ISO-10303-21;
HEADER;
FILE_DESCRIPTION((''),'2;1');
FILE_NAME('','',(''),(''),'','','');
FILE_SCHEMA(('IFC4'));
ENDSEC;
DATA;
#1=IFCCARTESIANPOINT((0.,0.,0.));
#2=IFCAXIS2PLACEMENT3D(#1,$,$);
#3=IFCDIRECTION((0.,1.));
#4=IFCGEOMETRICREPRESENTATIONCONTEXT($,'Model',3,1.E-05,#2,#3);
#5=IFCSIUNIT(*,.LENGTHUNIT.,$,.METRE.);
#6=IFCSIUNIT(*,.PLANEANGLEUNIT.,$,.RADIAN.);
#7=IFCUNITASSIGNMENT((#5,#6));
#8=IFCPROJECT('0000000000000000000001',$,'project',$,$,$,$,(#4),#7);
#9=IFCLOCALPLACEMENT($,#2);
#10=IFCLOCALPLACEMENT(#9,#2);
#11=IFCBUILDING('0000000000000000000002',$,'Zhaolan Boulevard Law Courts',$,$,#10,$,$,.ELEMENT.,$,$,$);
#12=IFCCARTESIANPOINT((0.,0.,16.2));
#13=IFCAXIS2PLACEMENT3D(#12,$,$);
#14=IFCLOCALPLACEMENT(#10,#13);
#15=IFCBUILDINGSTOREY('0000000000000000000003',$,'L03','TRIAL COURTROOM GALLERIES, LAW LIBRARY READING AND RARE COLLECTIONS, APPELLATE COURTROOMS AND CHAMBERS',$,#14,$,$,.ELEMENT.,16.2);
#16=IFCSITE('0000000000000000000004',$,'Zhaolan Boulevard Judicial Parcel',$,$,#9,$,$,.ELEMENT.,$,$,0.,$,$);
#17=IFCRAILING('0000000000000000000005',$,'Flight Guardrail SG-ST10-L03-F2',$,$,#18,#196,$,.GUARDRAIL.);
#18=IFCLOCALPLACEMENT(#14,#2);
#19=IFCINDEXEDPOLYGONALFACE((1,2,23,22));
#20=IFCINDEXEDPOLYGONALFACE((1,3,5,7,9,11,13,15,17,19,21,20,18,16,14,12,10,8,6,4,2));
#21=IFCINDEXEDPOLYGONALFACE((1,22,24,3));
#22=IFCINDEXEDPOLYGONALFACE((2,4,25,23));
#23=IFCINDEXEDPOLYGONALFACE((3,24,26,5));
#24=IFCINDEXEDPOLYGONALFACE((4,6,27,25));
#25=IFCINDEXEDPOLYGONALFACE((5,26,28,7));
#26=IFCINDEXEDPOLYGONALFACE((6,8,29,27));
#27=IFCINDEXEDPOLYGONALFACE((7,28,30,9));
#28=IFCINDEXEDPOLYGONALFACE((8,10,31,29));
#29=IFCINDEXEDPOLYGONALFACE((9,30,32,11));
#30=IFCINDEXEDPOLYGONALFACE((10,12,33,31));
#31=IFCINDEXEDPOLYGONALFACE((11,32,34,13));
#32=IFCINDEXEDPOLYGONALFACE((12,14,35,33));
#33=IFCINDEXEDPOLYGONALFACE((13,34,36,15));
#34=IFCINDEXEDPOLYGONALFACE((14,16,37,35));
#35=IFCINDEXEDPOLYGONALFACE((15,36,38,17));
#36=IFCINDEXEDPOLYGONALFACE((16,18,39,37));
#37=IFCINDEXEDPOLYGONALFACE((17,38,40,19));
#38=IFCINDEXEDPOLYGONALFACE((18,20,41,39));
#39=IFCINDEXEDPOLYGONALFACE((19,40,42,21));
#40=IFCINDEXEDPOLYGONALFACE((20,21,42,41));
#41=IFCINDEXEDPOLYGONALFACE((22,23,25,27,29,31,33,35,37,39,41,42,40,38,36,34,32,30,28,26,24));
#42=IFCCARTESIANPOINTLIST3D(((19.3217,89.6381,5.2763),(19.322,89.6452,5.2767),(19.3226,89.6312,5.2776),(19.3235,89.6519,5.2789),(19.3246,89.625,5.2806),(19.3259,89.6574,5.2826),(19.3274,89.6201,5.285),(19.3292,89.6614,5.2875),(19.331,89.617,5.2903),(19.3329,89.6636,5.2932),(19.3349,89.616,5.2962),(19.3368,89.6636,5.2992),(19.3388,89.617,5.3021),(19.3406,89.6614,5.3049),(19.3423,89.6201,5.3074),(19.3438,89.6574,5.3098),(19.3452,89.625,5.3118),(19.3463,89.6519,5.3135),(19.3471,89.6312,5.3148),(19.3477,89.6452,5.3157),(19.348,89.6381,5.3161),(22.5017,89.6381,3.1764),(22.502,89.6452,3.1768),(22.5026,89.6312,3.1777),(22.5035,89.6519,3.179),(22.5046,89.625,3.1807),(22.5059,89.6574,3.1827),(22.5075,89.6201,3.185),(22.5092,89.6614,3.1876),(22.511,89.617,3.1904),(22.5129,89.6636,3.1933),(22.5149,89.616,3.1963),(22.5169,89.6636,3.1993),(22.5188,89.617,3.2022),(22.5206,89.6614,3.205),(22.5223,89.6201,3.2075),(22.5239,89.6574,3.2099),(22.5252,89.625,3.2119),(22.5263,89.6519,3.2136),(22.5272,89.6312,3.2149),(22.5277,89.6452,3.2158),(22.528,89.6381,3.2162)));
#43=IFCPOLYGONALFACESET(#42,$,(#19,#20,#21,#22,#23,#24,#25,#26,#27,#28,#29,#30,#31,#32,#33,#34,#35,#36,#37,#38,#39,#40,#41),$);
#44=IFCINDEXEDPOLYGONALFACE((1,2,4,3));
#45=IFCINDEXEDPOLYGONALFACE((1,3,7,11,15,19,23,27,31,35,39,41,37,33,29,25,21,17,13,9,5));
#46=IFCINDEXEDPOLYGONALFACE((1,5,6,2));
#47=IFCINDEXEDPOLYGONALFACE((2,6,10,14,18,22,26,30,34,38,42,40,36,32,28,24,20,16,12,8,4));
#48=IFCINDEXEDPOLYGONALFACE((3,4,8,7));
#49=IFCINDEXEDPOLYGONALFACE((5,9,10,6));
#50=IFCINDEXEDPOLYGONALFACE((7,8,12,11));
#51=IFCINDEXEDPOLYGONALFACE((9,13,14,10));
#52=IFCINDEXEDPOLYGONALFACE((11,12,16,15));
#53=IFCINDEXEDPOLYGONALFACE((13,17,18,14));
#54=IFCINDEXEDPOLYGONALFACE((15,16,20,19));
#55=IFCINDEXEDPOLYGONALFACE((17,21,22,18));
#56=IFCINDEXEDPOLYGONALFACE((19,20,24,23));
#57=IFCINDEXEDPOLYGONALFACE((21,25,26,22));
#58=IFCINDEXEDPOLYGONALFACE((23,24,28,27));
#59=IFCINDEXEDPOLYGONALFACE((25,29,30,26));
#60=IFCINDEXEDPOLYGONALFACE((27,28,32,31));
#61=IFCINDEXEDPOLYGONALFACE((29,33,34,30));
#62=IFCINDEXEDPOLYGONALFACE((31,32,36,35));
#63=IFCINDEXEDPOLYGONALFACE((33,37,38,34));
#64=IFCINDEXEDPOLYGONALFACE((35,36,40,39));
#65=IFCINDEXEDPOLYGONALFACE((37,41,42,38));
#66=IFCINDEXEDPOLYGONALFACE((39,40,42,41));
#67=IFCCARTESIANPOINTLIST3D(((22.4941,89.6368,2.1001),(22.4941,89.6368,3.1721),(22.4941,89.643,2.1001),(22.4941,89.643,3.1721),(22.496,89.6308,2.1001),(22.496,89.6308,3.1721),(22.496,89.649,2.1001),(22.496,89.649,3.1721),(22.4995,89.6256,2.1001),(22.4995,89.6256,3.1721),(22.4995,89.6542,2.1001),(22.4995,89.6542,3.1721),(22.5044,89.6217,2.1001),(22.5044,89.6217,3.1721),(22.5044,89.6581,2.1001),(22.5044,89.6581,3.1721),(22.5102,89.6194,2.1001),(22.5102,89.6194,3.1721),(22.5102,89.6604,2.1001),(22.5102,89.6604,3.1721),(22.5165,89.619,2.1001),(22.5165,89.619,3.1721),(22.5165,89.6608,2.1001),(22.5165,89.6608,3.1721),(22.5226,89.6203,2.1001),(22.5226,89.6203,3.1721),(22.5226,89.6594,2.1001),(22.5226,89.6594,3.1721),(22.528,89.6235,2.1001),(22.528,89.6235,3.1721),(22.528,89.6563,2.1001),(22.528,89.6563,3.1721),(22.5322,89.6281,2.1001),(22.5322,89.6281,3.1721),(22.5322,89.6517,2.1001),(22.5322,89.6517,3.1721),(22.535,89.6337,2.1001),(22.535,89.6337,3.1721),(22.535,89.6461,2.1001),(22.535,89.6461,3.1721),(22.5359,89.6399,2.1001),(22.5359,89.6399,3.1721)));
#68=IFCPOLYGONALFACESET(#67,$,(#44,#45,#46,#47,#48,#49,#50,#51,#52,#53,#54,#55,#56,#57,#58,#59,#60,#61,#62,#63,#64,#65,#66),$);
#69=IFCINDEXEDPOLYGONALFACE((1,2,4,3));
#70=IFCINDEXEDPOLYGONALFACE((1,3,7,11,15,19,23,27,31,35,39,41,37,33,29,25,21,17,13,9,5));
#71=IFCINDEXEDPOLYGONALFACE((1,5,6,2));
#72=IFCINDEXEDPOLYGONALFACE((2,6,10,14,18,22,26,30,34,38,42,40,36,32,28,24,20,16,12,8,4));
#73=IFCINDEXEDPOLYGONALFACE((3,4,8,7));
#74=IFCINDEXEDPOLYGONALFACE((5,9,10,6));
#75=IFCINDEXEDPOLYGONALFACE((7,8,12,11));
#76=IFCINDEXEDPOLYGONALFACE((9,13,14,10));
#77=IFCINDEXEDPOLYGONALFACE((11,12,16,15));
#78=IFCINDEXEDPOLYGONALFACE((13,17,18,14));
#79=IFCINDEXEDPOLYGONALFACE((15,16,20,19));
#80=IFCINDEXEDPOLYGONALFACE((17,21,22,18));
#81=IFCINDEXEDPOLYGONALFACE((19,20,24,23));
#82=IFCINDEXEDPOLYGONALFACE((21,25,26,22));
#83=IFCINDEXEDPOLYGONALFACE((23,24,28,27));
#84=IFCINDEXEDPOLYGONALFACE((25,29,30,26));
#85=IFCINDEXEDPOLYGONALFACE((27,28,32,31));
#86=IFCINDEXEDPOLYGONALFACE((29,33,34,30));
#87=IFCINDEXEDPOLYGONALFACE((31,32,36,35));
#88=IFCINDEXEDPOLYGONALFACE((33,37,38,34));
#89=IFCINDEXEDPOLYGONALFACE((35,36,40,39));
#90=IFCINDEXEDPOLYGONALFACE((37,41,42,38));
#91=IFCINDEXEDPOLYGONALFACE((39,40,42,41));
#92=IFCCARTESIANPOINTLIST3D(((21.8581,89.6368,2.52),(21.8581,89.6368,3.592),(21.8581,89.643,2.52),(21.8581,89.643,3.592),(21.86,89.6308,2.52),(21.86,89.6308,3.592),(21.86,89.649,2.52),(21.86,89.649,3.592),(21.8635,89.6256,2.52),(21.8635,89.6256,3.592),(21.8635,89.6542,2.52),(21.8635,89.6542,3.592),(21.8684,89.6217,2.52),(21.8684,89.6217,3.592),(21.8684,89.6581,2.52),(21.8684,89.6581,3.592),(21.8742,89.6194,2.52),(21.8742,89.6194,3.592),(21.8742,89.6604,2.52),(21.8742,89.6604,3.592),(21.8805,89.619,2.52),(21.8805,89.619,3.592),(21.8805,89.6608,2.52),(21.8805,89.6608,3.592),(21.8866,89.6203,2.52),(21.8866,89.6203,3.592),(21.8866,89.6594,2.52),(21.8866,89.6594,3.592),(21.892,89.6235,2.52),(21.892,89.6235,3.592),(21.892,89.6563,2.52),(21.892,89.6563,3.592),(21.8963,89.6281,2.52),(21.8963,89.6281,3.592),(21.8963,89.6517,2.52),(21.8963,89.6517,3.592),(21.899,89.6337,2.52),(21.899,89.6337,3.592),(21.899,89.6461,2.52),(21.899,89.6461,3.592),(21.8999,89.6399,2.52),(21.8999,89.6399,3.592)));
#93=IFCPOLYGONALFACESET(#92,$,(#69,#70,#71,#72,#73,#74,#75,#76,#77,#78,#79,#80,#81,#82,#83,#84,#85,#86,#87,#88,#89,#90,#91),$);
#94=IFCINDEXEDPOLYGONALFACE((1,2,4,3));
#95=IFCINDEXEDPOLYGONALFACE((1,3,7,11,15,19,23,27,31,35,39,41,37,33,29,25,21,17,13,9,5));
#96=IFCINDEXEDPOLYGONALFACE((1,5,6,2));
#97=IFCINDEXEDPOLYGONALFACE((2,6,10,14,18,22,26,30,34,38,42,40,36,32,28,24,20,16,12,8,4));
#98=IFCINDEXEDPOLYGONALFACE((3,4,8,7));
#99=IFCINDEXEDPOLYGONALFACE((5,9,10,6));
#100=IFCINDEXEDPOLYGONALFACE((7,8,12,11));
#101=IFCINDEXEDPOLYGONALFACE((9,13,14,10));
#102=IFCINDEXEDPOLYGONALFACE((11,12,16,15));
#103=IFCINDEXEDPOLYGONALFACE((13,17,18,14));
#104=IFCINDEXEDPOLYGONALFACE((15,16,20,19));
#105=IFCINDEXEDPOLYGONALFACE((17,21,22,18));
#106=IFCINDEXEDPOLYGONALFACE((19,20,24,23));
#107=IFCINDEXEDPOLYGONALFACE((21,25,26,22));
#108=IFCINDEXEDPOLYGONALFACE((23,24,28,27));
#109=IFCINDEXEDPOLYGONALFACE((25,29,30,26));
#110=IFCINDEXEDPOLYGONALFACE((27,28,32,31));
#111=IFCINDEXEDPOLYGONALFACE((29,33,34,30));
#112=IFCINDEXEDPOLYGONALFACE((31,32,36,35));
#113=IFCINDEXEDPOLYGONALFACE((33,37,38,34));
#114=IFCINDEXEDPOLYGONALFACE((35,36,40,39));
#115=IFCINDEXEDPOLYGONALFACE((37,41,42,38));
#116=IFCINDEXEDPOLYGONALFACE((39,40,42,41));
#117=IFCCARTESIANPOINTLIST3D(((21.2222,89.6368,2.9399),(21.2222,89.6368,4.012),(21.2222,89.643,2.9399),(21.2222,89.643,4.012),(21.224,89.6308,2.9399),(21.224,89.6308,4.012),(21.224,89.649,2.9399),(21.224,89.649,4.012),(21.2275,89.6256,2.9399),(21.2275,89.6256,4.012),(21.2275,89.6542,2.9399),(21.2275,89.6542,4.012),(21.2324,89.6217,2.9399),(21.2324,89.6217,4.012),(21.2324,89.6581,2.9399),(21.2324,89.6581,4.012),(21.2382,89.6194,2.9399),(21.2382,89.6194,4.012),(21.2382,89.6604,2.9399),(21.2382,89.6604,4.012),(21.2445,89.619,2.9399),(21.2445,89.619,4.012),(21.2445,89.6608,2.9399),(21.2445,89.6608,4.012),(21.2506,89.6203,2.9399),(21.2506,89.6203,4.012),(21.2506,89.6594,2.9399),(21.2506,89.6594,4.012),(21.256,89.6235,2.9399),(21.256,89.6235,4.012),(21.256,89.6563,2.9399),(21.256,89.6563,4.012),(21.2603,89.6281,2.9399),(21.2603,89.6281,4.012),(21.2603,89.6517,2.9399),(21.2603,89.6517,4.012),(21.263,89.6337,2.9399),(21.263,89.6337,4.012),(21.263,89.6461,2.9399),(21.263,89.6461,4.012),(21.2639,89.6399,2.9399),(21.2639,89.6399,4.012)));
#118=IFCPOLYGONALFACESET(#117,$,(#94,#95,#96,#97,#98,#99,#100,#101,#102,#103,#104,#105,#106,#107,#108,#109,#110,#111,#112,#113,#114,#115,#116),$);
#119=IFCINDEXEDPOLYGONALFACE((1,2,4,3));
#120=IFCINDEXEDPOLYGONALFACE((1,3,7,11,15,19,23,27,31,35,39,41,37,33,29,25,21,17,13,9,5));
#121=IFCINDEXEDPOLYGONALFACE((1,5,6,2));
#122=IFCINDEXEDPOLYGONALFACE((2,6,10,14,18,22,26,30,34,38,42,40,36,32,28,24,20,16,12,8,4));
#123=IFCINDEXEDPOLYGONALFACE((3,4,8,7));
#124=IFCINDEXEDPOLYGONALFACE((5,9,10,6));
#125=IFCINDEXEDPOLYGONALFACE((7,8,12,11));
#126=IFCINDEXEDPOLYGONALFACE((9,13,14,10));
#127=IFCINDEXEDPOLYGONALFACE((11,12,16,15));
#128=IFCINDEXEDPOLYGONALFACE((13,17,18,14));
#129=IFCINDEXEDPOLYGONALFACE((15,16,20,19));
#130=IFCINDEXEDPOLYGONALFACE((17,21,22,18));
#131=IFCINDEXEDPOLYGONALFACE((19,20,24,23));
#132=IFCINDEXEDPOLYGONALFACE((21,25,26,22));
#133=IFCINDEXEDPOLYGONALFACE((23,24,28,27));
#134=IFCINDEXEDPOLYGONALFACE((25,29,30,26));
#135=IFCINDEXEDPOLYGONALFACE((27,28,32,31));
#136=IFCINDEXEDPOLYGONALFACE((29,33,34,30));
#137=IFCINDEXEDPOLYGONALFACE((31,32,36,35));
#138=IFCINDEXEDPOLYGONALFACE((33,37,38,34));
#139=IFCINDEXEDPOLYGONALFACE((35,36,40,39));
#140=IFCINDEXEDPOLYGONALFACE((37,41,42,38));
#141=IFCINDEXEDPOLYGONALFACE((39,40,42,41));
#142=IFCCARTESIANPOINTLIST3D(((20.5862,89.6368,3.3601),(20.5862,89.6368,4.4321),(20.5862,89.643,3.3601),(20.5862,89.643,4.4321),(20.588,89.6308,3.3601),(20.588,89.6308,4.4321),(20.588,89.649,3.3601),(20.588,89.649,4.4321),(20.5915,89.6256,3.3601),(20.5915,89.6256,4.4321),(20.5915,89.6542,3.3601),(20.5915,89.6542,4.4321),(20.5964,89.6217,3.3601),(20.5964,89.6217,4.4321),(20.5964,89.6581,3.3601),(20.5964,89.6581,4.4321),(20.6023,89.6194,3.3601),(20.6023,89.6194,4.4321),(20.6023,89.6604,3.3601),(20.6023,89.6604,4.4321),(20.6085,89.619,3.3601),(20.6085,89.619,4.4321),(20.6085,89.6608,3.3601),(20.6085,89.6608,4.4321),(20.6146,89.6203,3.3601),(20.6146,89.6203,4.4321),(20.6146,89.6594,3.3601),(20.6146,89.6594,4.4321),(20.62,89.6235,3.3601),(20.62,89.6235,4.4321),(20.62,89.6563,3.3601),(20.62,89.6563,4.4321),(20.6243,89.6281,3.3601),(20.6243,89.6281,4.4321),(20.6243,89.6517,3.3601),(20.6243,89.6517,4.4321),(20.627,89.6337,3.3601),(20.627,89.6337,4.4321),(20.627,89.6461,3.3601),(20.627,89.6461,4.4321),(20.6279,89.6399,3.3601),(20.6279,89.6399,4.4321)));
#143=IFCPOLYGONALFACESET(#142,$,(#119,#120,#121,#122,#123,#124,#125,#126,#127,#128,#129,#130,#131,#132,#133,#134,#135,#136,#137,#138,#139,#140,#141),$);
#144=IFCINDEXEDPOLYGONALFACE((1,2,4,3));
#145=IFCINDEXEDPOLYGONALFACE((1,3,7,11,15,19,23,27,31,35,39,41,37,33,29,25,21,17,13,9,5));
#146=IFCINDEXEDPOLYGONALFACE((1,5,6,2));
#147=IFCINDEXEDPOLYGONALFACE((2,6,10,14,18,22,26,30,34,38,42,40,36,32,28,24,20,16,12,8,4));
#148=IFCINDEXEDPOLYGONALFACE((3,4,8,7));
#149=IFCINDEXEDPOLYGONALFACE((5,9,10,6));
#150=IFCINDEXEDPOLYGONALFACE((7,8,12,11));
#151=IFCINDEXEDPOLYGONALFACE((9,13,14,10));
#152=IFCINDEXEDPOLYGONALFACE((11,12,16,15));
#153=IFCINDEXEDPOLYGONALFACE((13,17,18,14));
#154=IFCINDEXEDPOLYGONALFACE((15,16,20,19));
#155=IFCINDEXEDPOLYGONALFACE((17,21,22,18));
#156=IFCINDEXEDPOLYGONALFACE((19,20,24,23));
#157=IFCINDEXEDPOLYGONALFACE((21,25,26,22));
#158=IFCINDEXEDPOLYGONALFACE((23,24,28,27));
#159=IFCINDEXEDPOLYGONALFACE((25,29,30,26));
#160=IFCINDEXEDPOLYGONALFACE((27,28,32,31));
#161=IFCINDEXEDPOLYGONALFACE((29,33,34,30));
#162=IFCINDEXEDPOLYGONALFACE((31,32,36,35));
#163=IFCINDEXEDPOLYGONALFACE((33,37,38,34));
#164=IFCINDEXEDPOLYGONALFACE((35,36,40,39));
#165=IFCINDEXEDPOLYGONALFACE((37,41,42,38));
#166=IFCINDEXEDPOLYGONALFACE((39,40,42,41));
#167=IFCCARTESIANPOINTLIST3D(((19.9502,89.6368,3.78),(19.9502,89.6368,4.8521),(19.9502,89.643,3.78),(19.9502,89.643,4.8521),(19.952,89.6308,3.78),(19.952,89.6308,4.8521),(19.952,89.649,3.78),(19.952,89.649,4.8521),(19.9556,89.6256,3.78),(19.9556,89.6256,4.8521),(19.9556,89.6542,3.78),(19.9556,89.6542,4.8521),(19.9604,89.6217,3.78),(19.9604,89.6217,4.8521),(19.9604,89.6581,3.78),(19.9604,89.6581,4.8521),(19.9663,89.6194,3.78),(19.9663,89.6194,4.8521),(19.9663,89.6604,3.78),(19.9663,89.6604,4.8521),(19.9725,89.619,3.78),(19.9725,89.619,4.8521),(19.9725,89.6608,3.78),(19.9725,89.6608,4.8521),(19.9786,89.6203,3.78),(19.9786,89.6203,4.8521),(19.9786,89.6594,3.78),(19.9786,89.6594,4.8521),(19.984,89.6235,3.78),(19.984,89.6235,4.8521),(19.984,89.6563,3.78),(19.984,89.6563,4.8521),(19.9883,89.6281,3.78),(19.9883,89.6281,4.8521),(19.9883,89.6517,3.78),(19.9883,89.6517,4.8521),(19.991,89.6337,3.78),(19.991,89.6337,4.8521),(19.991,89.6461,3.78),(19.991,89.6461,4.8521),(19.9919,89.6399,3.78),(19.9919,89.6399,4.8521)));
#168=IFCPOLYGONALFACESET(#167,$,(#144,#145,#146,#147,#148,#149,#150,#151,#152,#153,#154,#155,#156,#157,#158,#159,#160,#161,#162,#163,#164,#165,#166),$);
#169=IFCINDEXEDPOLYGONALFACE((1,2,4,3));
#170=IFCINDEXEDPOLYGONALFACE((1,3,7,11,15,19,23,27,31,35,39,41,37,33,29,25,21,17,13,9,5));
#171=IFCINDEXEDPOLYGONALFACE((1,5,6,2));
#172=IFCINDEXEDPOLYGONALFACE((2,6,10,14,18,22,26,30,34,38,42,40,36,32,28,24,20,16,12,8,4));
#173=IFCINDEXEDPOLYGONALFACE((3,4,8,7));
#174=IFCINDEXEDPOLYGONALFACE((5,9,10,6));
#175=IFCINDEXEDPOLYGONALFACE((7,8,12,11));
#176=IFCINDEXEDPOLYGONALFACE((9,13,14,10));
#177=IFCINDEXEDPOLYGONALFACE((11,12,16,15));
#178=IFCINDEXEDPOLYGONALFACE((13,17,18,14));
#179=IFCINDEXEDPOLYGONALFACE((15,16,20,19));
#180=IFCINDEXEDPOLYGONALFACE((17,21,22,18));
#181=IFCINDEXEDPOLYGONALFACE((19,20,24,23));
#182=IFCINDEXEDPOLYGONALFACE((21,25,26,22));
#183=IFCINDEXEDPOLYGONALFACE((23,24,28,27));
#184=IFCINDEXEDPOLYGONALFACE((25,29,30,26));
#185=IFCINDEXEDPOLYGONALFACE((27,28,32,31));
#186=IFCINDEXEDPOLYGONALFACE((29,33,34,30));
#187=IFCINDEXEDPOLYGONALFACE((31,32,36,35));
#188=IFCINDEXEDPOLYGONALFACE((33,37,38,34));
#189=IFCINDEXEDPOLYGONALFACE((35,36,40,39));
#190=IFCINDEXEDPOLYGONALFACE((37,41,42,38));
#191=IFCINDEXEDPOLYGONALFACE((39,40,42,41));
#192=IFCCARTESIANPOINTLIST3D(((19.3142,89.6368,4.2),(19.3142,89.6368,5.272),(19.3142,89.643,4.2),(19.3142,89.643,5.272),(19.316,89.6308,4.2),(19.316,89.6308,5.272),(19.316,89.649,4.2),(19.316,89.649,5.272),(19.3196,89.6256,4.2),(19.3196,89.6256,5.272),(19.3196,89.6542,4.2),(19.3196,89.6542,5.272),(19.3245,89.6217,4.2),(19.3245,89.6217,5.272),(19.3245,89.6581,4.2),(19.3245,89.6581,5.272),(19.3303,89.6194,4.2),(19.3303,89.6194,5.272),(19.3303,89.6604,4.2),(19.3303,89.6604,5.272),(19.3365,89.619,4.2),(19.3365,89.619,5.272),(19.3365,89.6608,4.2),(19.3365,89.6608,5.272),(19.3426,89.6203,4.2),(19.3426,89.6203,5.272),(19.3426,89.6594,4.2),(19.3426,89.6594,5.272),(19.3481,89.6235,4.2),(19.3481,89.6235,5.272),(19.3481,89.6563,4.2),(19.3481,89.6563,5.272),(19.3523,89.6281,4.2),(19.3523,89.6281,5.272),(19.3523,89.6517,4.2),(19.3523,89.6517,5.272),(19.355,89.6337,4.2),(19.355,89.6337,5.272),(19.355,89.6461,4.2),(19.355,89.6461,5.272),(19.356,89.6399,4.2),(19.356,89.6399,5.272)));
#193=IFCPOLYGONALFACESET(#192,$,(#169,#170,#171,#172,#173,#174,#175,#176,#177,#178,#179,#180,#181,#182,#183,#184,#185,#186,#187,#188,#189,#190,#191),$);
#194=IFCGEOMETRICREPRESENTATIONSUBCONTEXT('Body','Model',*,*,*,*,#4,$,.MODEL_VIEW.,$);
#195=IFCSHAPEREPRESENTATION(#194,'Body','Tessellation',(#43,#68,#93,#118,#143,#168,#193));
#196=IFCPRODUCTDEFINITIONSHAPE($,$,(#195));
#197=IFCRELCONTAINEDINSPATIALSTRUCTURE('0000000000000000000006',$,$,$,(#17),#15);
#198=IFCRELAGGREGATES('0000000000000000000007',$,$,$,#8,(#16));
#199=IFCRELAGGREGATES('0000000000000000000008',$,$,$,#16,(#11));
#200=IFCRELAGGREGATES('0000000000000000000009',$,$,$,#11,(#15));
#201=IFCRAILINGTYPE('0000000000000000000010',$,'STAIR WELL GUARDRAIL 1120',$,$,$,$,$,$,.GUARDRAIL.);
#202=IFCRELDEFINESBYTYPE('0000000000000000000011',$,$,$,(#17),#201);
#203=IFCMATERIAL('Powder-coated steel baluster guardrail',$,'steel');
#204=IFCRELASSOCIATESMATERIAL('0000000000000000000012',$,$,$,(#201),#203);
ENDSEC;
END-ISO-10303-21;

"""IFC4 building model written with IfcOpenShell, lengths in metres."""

from ifc_helpers import new_model, si_unit, direction, frame, origin, origin_2d, place, context, subcontext, project, spatial, circle, extrude, material, type_object, element, save


model = new_model("IFC4")

# Units and contexts
model_context = context("Model", 3, precision=1e-05, world=origin(), true_north=direction((0.0, 1.0)))
body_context = subcontext(model_context, "Body", "Model", "MODEL_VIEW")
ifc_project = project(units=[si_unit("LENGTHUNIT", "METRE"), si_unit("PLANEANGLEUNIT", "RADIAN")], contexts=[model_context])

# Site, building, storey
site_placement = place(None, origin())
site = spatial("IfcSite", under=ifc_project, at=site_placement, Name="Zhaolan Boulevard Judicial Parcel", CompositionType="ELEMENT", RefElevation=0.0)
building_placement = place(site_placement, origin())
building = spatial("IfcBuilding", under=site, at=building_placement, Name="Zhaolan Boulevard Law Courts", CompositionType="ELEMENT")
storey_placement = place(building_placement, frame((0.0, 0.0, 16.2)))
storey = spatial("IfcBuildingStorey", under=building, at=storey_placement, Name="L03", Description="TRIAL COURTROOM GALLERIES, LAW LIBRARY READING AND RARE COLLECTIONS, APPELLATE COURTROOMS AND CHAMBERS", CompositionType="ELEMENT", Elevation=16.2)

# Railing
ifc_material_1 = material(Name="Powder-coated steel baluster guardrail", Category="steel")
railing_type_1 = type_object("IfcRailingType", Name="STAIR WELL GUARDRAIL 1120", PredefinedType="GUARDRAIL", material=ifc_material_1)
railing_1_placement = place(storey_placement, frame((22.5149, 89.6399, 2.1001)))
element("IfcRailing", 1, at=railing_1_placement, inside=storey, type_object=railing_type_1, Name="Flight Guardrail SG-ST10-L03-F2", PredefinedType="GUARDRAIL", context=body_context, shape_type="SweptSolid", body=[
    extrude(circle(Radius=0.0239, at=origin_2d()), frame((0.0, 0.0, 1.0962), z_axis=(-0.834477, 0.0, 0.551043), x_axis=(0.0, -1.0, 0.0)), (0.0, 0.0, 1.0), 3.8108),
    extrude(circle(Radius=0.021, at=origin_2d()), origin(), (0.0, 0.0, 1.0), 1.072),
    extrude(circle(Radius=0.021, at=origin_2d()), frame((-0.636, 0.0, 0.4199)), (0.0, 0.0, 1.0), 1.072),
    extrude(circle(Radius=0.021, at=origin_2d()), frame((-1.272, 0.0, 0.8398)), (0.0, 0.0, 1.0), 1.072),
    extrude(circle(Radius=0.021, at=origin_2d()), frame((-1.908, 0.0, 1.26)), (0.0, 0.0, 1.0), 1.072),
    extrude(circle(Radius=0.021, at=origin_2d()), frame((-2.5439, 0.0, 1.6799)), (0.0, 0.0, 1.0), 1.072),
    extrude(circle(Radius=0.021, at=origin_2d()), frame((-3.1799, 0.0, 2.0999)), (0.0, 0.0, 1.0), 1.072),
])

save(model, "model.ifc")
